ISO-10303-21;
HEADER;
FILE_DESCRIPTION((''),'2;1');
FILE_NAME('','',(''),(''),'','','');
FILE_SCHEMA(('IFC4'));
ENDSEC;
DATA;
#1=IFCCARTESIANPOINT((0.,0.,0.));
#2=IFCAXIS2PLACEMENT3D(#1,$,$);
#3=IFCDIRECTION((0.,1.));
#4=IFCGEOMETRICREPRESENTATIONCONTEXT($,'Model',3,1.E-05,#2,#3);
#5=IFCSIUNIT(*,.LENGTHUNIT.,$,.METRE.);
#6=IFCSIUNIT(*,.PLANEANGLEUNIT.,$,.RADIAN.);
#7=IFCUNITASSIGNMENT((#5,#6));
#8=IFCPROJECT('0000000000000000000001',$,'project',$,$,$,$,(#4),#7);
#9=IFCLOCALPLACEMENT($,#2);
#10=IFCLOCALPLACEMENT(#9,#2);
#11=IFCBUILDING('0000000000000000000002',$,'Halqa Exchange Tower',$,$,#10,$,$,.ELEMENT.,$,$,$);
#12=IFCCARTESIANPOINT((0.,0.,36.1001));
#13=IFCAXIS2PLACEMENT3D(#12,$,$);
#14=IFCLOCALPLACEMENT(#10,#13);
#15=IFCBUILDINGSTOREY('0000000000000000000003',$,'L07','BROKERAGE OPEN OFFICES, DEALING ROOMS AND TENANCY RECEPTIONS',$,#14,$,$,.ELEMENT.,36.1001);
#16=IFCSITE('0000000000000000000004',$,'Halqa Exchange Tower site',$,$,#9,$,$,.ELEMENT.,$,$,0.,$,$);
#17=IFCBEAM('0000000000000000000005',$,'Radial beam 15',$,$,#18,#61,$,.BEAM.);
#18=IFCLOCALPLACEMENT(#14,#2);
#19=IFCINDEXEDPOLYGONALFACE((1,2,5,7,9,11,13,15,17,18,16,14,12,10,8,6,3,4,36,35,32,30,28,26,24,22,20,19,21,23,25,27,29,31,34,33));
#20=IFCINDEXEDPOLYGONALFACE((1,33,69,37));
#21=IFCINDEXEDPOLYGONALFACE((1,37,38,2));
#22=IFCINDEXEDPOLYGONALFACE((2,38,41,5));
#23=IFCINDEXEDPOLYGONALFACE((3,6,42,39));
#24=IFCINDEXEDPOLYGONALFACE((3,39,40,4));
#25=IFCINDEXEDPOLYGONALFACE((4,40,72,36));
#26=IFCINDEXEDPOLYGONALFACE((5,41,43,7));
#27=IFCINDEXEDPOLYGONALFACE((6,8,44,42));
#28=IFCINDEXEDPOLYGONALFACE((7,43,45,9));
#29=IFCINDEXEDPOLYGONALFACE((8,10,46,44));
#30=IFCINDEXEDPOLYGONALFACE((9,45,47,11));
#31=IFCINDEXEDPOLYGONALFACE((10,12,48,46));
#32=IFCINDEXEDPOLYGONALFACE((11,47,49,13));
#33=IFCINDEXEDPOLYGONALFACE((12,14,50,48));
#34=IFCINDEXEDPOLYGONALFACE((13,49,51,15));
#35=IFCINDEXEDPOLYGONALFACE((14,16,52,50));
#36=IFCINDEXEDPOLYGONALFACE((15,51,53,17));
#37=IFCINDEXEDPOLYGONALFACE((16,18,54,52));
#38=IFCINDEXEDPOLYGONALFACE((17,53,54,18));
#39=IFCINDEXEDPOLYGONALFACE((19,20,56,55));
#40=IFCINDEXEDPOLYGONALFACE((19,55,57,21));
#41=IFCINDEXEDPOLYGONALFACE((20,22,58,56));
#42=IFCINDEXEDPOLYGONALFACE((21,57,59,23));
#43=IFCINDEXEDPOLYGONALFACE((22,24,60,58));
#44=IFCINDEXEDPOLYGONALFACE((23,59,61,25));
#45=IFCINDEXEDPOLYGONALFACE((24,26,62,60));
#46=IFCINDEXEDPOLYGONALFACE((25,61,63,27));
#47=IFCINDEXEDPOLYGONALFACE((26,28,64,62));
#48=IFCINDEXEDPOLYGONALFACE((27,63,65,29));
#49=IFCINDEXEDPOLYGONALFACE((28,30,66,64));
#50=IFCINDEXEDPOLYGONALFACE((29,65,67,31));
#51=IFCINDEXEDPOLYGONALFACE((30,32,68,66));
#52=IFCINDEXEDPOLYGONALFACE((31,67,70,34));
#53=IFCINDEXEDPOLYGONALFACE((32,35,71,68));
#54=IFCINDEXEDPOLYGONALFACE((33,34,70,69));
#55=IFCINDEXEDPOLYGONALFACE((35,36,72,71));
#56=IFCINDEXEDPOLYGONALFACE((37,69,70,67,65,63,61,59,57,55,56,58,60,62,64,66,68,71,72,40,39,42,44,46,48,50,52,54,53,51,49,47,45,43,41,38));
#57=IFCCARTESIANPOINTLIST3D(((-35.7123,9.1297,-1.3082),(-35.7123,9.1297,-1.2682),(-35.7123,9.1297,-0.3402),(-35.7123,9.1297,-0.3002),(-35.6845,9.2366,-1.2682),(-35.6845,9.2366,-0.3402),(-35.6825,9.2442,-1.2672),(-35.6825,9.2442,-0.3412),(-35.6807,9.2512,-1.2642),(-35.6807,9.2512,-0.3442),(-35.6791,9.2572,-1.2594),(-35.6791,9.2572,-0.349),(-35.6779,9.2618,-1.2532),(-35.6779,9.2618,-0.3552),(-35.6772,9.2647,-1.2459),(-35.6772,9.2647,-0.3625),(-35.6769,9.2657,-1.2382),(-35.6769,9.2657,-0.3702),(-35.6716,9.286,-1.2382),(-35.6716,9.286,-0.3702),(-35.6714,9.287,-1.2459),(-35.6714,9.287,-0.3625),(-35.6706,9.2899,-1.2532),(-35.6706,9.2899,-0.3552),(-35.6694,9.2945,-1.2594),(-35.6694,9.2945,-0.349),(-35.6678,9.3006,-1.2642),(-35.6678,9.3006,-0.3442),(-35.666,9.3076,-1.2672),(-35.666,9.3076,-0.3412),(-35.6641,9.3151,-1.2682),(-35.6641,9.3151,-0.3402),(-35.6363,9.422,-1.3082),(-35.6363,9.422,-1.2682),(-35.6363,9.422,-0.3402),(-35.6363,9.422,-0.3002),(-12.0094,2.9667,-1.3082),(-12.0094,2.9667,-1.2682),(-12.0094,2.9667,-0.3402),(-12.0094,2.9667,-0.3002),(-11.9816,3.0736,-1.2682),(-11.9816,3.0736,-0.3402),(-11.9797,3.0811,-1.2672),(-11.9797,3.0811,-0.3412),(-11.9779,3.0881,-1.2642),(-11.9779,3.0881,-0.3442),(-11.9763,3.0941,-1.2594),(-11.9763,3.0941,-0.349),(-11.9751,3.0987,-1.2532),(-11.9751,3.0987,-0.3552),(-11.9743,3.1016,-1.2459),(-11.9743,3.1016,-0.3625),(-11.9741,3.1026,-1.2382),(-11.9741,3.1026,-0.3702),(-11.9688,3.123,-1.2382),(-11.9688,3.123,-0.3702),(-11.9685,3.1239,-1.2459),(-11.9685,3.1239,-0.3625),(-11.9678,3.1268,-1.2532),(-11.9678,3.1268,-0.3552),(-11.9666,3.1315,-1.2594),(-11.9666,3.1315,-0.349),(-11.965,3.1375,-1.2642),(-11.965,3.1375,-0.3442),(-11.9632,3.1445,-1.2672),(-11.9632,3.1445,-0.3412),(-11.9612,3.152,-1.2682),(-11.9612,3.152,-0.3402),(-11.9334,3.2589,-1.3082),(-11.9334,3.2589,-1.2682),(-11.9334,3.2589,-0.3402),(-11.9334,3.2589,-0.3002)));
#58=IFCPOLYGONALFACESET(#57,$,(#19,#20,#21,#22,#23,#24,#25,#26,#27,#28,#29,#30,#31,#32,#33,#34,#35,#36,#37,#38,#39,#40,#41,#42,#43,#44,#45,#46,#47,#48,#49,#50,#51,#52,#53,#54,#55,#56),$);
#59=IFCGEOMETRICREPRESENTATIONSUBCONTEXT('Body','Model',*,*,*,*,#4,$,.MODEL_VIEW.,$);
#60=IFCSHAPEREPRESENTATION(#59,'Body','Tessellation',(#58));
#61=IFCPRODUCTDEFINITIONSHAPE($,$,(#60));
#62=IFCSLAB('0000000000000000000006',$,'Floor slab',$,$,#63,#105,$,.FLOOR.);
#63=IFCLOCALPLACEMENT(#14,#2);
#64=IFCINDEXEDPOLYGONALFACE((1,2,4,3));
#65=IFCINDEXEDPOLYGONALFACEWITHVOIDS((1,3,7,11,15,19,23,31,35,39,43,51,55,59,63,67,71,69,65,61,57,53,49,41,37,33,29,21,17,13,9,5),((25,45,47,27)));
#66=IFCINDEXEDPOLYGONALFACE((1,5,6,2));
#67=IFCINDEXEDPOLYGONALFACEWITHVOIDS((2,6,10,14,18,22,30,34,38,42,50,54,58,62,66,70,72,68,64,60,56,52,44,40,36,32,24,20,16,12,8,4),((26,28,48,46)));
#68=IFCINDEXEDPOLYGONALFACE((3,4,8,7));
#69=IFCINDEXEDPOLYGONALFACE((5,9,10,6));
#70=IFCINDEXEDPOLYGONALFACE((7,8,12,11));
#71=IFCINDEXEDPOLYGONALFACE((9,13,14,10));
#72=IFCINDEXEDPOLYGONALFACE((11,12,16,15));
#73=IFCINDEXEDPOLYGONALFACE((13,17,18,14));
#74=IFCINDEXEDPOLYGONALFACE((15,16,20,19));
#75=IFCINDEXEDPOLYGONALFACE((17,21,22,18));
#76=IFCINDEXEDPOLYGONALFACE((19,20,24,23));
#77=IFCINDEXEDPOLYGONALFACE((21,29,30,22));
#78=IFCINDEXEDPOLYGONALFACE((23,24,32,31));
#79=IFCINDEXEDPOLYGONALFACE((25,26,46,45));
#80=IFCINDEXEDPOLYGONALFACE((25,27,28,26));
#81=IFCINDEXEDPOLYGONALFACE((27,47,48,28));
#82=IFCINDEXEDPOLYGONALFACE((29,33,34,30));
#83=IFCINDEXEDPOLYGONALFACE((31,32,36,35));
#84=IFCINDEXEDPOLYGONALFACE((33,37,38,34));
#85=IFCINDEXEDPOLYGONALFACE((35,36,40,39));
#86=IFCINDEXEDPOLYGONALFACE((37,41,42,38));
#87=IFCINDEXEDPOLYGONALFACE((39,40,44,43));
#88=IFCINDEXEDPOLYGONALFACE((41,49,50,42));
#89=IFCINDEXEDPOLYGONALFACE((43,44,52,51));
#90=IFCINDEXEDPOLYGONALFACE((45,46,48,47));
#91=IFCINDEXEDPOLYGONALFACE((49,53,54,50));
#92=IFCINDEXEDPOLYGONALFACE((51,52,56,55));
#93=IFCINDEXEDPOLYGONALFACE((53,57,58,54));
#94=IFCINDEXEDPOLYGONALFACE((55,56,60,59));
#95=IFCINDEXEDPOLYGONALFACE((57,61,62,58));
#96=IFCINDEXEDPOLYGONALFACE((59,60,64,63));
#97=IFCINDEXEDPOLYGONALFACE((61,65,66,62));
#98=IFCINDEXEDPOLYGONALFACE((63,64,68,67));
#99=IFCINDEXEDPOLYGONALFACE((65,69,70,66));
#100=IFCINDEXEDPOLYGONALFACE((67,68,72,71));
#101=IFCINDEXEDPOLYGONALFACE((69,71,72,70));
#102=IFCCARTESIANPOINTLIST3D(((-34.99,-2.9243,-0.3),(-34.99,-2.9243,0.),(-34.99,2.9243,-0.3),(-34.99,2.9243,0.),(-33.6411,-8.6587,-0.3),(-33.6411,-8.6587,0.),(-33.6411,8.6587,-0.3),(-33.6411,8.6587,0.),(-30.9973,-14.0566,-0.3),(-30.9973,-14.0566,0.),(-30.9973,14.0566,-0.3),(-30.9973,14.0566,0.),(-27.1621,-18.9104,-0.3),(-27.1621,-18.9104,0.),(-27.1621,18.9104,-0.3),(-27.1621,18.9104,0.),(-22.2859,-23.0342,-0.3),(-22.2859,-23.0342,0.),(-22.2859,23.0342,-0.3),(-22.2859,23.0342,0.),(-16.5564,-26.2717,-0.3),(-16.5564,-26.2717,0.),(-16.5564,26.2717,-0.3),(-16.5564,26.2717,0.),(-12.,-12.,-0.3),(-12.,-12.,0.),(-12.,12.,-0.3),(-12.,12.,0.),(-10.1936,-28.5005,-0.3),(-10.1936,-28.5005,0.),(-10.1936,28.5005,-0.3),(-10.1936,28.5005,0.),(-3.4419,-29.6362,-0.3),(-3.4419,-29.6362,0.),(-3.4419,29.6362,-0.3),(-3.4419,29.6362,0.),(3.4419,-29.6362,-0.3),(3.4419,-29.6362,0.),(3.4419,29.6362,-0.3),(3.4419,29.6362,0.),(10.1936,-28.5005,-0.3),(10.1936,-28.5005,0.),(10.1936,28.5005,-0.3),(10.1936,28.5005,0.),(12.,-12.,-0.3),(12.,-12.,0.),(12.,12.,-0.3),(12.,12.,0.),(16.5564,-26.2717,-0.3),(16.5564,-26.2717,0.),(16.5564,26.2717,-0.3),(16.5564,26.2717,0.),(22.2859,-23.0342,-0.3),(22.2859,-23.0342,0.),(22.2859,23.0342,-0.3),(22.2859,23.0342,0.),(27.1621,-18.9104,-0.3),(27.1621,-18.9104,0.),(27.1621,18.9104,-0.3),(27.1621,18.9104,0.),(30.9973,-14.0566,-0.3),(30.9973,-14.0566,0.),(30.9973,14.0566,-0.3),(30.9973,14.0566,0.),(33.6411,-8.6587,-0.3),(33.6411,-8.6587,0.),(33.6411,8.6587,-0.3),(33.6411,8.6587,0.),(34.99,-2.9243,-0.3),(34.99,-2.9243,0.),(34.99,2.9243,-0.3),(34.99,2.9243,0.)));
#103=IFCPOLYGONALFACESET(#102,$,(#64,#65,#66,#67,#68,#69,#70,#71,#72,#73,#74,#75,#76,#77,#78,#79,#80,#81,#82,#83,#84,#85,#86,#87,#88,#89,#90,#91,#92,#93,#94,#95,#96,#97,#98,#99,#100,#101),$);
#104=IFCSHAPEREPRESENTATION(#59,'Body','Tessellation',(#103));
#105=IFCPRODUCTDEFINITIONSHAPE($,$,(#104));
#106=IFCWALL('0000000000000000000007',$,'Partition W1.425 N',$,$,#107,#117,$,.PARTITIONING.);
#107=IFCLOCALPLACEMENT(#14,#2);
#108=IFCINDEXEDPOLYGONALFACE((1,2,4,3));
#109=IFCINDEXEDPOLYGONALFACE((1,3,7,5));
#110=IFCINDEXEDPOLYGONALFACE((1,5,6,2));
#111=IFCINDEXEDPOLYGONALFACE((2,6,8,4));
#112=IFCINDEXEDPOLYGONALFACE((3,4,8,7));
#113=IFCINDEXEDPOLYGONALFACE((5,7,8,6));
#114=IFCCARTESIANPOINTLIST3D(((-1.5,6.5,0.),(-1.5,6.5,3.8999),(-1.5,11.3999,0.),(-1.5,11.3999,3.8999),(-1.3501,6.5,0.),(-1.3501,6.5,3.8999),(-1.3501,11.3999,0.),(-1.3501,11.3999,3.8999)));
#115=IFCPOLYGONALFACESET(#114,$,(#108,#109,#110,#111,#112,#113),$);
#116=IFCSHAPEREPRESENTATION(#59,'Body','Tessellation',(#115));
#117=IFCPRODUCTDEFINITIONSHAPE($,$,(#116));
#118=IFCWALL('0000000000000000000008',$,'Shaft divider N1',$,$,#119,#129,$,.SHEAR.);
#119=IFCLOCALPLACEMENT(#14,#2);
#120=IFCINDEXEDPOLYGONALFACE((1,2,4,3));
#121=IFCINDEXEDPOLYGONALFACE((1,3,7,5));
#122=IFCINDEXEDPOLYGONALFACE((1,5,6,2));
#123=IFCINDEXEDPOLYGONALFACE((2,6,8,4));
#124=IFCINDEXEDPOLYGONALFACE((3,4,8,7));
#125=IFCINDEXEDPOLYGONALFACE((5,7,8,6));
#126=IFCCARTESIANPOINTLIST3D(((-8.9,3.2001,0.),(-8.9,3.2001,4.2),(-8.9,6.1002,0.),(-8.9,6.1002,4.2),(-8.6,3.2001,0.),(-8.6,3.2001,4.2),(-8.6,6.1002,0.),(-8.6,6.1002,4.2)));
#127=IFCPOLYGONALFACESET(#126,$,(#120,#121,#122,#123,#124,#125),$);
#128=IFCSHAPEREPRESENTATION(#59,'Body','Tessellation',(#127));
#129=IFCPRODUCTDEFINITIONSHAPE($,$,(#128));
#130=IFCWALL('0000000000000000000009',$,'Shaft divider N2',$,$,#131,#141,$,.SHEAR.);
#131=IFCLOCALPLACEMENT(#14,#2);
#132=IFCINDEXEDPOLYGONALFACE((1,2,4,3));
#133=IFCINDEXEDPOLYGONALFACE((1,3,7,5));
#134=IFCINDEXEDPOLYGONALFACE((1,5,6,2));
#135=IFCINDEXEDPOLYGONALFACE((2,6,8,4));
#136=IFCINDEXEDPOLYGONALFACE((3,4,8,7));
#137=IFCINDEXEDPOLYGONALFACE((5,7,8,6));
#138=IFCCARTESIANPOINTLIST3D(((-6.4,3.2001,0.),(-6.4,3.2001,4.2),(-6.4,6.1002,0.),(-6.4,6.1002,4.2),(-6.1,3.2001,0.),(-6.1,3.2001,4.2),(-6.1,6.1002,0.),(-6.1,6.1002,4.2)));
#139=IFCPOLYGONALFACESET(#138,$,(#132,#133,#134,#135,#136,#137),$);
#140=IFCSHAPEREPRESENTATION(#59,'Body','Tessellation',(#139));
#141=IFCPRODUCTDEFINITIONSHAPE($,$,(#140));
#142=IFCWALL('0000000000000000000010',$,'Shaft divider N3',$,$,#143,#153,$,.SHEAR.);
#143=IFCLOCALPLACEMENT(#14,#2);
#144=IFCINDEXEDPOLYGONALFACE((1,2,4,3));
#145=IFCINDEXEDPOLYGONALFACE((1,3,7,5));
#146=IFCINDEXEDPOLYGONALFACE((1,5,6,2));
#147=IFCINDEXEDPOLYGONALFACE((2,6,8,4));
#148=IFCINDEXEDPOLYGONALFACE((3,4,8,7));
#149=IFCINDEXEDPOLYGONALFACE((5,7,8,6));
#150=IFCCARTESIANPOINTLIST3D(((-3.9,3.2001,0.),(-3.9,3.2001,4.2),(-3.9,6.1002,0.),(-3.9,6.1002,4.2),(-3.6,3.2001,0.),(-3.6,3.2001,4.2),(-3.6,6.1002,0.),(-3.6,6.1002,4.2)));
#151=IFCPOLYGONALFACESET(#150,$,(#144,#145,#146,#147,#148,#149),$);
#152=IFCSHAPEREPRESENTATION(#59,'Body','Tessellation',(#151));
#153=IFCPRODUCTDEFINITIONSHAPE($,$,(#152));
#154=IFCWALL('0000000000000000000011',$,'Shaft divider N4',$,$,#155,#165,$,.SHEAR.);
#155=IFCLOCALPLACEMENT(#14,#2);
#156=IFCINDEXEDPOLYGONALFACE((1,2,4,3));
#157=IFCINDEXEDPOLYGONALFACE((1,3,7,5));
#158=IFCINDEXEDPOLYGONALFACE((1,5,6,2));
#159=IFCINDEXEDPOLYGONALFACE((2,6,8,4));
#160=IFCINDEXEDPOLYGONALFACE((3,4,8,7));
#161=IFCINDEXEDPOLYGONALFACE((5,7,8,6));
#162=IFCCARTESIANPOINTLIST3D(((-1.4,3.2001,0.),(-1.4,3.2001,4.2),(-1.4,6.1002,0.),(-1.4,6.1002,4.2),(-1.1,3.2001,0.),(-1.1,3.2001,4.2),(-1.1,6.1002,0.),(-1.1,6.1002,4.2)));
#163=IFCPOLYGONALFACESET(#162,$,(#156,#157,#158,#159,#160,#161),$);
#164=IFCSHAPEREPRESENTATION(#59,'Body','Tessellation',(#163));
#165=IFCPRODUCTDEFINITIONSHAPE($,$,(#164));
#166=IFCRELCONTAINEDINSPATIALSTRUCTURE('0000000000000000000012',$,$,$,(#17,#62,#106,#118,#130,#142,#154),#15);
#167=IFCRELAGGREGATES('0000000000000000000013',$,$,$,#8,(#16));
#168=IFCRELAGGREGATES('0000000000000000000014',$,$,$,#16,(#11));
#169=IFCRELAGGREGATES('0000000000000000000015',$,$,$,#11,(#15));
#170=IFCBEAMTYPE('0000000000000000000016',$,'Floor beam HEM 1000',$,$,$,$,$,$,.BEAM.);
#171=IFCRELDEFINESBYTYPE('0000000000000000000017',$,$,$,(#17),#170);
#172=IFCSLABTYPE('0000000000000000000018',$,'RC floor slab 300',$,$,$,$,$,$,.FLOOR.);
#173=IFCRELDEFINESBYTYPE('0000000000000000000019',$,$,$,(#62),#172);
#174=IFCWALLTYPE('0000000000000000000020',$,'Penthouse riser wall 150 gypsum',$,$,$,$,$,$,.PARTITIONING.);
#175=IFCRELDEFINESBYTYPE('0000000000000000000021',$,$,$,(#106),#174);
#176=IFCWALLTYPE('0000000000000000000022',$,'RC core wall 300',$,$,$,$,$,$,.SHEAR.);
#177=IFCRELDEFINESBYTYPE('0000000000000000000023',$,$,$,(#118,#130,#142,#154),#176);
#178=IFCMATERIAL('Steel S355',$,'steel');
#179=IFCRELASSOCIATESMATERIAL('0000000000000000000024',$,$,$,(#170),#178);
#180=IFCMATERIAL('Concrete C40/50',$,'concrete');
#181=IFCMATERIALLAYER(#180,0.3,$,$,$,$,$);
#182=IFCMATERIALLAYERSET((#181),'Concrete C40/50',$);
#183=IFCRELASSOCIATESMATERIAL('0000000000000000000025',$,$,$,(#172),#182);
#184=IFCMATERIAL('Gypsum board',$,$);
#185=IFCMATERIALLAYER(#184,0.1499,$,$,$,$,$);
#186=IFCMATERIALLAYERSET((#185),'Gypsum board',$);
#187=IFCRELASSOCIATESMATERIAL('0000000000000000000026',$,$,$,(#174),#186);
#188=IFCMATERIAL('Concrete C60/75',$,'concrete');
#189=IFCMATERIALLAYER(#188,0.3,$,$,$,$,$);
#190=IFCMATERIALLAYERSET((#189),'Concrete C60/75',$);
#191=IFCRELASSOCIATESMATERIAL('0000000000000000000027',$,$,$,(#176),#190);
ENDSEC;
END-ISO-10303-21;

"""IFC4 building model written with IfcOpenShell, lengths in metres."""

from ifc_helpers import new_model, si_unit, direction, frame, frame_2d, origin, origin_2d, place, context, subcontext, project, spatial, polyline, rectangle, i_section, outline, extrude, material, layer, layer_set, material_profile, profile_set, type_object, element, save


model = new_model("IFC4")

# Units and contexts
model_context = context("Model", 3, precision=1e-05, world=origin(), true_north=direction((0.0, 1.0)))
body_context = subcontext(model_context, "Body", "Model", "MODEL_VIEW")
ifc_project = project(units=[si_unit("LENGTHUNIT", "METRE"), si_unit("PLANEANGLEUNIT", "RADIAN")], contexts=[model_context])

# Site, building, storey
site_placement = place(None, origin())
site = spatial("IfcSite", under=ifc_project, at=site_placement, Name="Halqa Exchange Tower site", CompositionType="ELEMENT", RefElevation=0.0)
building_placement = place(site_placement, origin())
building = spatial("IfcBuilding", under=site, at=building_placement, Name="Halqa Exchange Tower", CompositionType="ELEMENT")
storey_placement = place(building_placement, frame((0.0, 0.0, 36.1001)))
storey = spatial("IfcBuildingStorey", under=building, at=storey_placement, Name="L07", Description="BROKERAGE OPEN OFFICES, DEALING ROOMS AND TENANCY RECEPTIONS", CompositionType="ELEMENT", Elevation=36.1001)

# Beam
ifc_material_1 = material(Name="Steel S355", Category="steel")
ifc_material_profile = material_profile(ifc_material_1, i_section(OverallWidth=0.302, OverallDepth=1.0081, WebThickness=0.021, FlangeThickness=0.04, FilletRadius=0.03, at=origin_2d()), Name="HEM 1000")
ifc_profile_set = profile_set([ifc_material_profile], Name="Steel S355")
beam_type = type_object("IfcBeamType", Name="Floor beam HEM 1000", PredefinedType="BEAM", material=ifc_profile_set)
beam_placement = place(storey_placement, frame((-11.9714, 3.1128, -0.8042), z_axis=(-0.967819, 0.251647, 0.0), x_axis=(-0.251647, -0.967819, 0.0)))
element("IfcBeam", 1, at=beam_placement, inside=storey, type_object=beam_type, Name="Radial beam 15", PredefinedType="BEAM", context=body_context, shape_type="SweptSolid", body=[
    extrude(i_section(OverallWidth=0.302, OverallDepth=1.0081, WebThickness=0.021, FlangeThickness=0.04, FilletRadius=0.03, at=origin_2d()), origin(), (0.0, 0.0, 1.0), 24.491),
])

# Slab
ifc_material_2 = material(Name="Concrete C40/50", Category="concrete")
ifc_layer_1 = layer(ifc_material_2, 0.3)
ifc_layer_set_1 = layer_set([ifc_layer_1], Name="Concrete C40/50")
slab_type = type_object("IfcSlabType", Name="RC floor slab 300", PredefinedType="FLOOR", material=ifc_layer_set_1)
slab_placement = place(storey_placement, frame((0.0, 0.0, -0.3)))
element("IfcSlab", 2, at=slab_placement, inside=storey, type_object=slab_type, Name="Floor slab", PredefinedType="FLOOR", context=body_context, shape_type="SweptSolid", body=[
    extrude(outline(polyline([(34.99, 2.9243), (33.6411, 8.6587), (30.9973, 14.0566), (27.1621, 18.9104), (22.2859, 23.0342), (16.5564, 26.2717), (10.1936, 28.5005), (3.4419, 29.6362), (-3.4419, 29.6362), (-10.1936, 28.5005), (-16.5564, 26.2717), (-22.2859, 23.0342), (-27.1621, 18.9104), (-30.9973, 14.0566), (-33.6411, 8.6587), (-34.99, 2.9243), (-34.99, -2.9243), (-33.6411, -8.6587), (-30.9973, -14.0566), (-27.1621, -18.9104), (-22.2859, -23.0342), (-16.5564, -26.2717), (-10.1936, -28.5005), (-3.4419, -29.6362), (3.4419, -29.6362), (10.1936, -28.5005), (16.5564, -26.2717), (22.2859, -23.0342), (27.1621, -18.9104), (30.9973, -14.0566), (33.6411, -8.6587), (34.99, -2.9243), (34.99, 2.9243)]), holes=[polyline([(-12.0, -12.0), (12.0, -12.0), (12.0, 12.0), (-12.0, 12.0), (-12.0, -12.0)])]), origin(), (0.0, 0.0, 1.0), 0.3),
])

# Walls
ifc_material_3 = material(Name="Gypsum board")
ifc_layer_2 = layer(ifc_material_3, 0.1499)
ifc_layer_set_2 = layer_set([ifc_layer_2], Name="Gypsum board")
wall_type_1 = type_object("IfcWallType", Name="Penthouse riser wall 150 gypsum", PredefinedType="PARTITIONING", material=ifc_layer_set_2)
wall_1_placement = place(storey_placement, frame((-1.425, 6.5, 0.0), z_axis=(0.0, 0.0, 1.0), x_axis=(0.0, 1.0, 0.0)))
element("IfcWall", 3, at=wall_1_placement, inside=storey, type_object=wall_type_1, Name="Partition W1.425 N", PredefinedType="PARTITIONING", context=body_context, shape_type="SweptSolid", body=[
    extrude(rectangle(XDim=4.8999, YDim=0.1499, at=frame_2d((2.45, 0.0))), origin(), (0.0, 0.0, 1.0), 3.8999),
])
ifc_material_4 = material(Name="Concrete C60/75", Category="concrete")
ifc_layer_3 = layer(ifc_material_4, 0.3)
ifc_layer_set_3 = layer_set([ifc_layer_3], Name="Concrete C60/75")
wall_type_2 = type_object("IfcWallType", Name="RC core wall 300", PredefinedType="SHEAR", material=ifc_layer_set_3)
for number, where, z_axis, x_axis, name in (
    (4, (-8.75, 3.2, 0.0), (0.0, 0.0, 1.0), (0.0, 1.0, 0.0), "Shaft divider N1"),
    (5, (-6.25, 3.2, 0.0), (0.0, 0.0, 1.0), (0.0, 1.0, 0.0), "Shaft divider N2"),
    (6, (-3.75, 3.2, 0.0), (0.0, 0.0, 1.0), (0.0, 1.0, 0.0), "Shaft divider N3"),
    (7, (-1.25, 3.2, 0.0), (0.0, 0.0, 1.0), (0.0, 1.0, 0.0), "Shaft divider N4"),
):
    element("IfcWall", number, at=place(storey_placement, frame(where, z_axis=z_axis, x_axis=x_axis)), inside=storey, type_object=wall_type_2, Name=name, PredefinedType="SHEAR", context=body_context, shape_type="SweptSolid", body=[
        extrude(rectangle(XDim=2.9001, YDim=0.3, at=frame_2d((1.4502, 0.0))), origin(), (0.0, 0.0, 1.0), 4.2),
    ])

save(model, "model.ifc")
